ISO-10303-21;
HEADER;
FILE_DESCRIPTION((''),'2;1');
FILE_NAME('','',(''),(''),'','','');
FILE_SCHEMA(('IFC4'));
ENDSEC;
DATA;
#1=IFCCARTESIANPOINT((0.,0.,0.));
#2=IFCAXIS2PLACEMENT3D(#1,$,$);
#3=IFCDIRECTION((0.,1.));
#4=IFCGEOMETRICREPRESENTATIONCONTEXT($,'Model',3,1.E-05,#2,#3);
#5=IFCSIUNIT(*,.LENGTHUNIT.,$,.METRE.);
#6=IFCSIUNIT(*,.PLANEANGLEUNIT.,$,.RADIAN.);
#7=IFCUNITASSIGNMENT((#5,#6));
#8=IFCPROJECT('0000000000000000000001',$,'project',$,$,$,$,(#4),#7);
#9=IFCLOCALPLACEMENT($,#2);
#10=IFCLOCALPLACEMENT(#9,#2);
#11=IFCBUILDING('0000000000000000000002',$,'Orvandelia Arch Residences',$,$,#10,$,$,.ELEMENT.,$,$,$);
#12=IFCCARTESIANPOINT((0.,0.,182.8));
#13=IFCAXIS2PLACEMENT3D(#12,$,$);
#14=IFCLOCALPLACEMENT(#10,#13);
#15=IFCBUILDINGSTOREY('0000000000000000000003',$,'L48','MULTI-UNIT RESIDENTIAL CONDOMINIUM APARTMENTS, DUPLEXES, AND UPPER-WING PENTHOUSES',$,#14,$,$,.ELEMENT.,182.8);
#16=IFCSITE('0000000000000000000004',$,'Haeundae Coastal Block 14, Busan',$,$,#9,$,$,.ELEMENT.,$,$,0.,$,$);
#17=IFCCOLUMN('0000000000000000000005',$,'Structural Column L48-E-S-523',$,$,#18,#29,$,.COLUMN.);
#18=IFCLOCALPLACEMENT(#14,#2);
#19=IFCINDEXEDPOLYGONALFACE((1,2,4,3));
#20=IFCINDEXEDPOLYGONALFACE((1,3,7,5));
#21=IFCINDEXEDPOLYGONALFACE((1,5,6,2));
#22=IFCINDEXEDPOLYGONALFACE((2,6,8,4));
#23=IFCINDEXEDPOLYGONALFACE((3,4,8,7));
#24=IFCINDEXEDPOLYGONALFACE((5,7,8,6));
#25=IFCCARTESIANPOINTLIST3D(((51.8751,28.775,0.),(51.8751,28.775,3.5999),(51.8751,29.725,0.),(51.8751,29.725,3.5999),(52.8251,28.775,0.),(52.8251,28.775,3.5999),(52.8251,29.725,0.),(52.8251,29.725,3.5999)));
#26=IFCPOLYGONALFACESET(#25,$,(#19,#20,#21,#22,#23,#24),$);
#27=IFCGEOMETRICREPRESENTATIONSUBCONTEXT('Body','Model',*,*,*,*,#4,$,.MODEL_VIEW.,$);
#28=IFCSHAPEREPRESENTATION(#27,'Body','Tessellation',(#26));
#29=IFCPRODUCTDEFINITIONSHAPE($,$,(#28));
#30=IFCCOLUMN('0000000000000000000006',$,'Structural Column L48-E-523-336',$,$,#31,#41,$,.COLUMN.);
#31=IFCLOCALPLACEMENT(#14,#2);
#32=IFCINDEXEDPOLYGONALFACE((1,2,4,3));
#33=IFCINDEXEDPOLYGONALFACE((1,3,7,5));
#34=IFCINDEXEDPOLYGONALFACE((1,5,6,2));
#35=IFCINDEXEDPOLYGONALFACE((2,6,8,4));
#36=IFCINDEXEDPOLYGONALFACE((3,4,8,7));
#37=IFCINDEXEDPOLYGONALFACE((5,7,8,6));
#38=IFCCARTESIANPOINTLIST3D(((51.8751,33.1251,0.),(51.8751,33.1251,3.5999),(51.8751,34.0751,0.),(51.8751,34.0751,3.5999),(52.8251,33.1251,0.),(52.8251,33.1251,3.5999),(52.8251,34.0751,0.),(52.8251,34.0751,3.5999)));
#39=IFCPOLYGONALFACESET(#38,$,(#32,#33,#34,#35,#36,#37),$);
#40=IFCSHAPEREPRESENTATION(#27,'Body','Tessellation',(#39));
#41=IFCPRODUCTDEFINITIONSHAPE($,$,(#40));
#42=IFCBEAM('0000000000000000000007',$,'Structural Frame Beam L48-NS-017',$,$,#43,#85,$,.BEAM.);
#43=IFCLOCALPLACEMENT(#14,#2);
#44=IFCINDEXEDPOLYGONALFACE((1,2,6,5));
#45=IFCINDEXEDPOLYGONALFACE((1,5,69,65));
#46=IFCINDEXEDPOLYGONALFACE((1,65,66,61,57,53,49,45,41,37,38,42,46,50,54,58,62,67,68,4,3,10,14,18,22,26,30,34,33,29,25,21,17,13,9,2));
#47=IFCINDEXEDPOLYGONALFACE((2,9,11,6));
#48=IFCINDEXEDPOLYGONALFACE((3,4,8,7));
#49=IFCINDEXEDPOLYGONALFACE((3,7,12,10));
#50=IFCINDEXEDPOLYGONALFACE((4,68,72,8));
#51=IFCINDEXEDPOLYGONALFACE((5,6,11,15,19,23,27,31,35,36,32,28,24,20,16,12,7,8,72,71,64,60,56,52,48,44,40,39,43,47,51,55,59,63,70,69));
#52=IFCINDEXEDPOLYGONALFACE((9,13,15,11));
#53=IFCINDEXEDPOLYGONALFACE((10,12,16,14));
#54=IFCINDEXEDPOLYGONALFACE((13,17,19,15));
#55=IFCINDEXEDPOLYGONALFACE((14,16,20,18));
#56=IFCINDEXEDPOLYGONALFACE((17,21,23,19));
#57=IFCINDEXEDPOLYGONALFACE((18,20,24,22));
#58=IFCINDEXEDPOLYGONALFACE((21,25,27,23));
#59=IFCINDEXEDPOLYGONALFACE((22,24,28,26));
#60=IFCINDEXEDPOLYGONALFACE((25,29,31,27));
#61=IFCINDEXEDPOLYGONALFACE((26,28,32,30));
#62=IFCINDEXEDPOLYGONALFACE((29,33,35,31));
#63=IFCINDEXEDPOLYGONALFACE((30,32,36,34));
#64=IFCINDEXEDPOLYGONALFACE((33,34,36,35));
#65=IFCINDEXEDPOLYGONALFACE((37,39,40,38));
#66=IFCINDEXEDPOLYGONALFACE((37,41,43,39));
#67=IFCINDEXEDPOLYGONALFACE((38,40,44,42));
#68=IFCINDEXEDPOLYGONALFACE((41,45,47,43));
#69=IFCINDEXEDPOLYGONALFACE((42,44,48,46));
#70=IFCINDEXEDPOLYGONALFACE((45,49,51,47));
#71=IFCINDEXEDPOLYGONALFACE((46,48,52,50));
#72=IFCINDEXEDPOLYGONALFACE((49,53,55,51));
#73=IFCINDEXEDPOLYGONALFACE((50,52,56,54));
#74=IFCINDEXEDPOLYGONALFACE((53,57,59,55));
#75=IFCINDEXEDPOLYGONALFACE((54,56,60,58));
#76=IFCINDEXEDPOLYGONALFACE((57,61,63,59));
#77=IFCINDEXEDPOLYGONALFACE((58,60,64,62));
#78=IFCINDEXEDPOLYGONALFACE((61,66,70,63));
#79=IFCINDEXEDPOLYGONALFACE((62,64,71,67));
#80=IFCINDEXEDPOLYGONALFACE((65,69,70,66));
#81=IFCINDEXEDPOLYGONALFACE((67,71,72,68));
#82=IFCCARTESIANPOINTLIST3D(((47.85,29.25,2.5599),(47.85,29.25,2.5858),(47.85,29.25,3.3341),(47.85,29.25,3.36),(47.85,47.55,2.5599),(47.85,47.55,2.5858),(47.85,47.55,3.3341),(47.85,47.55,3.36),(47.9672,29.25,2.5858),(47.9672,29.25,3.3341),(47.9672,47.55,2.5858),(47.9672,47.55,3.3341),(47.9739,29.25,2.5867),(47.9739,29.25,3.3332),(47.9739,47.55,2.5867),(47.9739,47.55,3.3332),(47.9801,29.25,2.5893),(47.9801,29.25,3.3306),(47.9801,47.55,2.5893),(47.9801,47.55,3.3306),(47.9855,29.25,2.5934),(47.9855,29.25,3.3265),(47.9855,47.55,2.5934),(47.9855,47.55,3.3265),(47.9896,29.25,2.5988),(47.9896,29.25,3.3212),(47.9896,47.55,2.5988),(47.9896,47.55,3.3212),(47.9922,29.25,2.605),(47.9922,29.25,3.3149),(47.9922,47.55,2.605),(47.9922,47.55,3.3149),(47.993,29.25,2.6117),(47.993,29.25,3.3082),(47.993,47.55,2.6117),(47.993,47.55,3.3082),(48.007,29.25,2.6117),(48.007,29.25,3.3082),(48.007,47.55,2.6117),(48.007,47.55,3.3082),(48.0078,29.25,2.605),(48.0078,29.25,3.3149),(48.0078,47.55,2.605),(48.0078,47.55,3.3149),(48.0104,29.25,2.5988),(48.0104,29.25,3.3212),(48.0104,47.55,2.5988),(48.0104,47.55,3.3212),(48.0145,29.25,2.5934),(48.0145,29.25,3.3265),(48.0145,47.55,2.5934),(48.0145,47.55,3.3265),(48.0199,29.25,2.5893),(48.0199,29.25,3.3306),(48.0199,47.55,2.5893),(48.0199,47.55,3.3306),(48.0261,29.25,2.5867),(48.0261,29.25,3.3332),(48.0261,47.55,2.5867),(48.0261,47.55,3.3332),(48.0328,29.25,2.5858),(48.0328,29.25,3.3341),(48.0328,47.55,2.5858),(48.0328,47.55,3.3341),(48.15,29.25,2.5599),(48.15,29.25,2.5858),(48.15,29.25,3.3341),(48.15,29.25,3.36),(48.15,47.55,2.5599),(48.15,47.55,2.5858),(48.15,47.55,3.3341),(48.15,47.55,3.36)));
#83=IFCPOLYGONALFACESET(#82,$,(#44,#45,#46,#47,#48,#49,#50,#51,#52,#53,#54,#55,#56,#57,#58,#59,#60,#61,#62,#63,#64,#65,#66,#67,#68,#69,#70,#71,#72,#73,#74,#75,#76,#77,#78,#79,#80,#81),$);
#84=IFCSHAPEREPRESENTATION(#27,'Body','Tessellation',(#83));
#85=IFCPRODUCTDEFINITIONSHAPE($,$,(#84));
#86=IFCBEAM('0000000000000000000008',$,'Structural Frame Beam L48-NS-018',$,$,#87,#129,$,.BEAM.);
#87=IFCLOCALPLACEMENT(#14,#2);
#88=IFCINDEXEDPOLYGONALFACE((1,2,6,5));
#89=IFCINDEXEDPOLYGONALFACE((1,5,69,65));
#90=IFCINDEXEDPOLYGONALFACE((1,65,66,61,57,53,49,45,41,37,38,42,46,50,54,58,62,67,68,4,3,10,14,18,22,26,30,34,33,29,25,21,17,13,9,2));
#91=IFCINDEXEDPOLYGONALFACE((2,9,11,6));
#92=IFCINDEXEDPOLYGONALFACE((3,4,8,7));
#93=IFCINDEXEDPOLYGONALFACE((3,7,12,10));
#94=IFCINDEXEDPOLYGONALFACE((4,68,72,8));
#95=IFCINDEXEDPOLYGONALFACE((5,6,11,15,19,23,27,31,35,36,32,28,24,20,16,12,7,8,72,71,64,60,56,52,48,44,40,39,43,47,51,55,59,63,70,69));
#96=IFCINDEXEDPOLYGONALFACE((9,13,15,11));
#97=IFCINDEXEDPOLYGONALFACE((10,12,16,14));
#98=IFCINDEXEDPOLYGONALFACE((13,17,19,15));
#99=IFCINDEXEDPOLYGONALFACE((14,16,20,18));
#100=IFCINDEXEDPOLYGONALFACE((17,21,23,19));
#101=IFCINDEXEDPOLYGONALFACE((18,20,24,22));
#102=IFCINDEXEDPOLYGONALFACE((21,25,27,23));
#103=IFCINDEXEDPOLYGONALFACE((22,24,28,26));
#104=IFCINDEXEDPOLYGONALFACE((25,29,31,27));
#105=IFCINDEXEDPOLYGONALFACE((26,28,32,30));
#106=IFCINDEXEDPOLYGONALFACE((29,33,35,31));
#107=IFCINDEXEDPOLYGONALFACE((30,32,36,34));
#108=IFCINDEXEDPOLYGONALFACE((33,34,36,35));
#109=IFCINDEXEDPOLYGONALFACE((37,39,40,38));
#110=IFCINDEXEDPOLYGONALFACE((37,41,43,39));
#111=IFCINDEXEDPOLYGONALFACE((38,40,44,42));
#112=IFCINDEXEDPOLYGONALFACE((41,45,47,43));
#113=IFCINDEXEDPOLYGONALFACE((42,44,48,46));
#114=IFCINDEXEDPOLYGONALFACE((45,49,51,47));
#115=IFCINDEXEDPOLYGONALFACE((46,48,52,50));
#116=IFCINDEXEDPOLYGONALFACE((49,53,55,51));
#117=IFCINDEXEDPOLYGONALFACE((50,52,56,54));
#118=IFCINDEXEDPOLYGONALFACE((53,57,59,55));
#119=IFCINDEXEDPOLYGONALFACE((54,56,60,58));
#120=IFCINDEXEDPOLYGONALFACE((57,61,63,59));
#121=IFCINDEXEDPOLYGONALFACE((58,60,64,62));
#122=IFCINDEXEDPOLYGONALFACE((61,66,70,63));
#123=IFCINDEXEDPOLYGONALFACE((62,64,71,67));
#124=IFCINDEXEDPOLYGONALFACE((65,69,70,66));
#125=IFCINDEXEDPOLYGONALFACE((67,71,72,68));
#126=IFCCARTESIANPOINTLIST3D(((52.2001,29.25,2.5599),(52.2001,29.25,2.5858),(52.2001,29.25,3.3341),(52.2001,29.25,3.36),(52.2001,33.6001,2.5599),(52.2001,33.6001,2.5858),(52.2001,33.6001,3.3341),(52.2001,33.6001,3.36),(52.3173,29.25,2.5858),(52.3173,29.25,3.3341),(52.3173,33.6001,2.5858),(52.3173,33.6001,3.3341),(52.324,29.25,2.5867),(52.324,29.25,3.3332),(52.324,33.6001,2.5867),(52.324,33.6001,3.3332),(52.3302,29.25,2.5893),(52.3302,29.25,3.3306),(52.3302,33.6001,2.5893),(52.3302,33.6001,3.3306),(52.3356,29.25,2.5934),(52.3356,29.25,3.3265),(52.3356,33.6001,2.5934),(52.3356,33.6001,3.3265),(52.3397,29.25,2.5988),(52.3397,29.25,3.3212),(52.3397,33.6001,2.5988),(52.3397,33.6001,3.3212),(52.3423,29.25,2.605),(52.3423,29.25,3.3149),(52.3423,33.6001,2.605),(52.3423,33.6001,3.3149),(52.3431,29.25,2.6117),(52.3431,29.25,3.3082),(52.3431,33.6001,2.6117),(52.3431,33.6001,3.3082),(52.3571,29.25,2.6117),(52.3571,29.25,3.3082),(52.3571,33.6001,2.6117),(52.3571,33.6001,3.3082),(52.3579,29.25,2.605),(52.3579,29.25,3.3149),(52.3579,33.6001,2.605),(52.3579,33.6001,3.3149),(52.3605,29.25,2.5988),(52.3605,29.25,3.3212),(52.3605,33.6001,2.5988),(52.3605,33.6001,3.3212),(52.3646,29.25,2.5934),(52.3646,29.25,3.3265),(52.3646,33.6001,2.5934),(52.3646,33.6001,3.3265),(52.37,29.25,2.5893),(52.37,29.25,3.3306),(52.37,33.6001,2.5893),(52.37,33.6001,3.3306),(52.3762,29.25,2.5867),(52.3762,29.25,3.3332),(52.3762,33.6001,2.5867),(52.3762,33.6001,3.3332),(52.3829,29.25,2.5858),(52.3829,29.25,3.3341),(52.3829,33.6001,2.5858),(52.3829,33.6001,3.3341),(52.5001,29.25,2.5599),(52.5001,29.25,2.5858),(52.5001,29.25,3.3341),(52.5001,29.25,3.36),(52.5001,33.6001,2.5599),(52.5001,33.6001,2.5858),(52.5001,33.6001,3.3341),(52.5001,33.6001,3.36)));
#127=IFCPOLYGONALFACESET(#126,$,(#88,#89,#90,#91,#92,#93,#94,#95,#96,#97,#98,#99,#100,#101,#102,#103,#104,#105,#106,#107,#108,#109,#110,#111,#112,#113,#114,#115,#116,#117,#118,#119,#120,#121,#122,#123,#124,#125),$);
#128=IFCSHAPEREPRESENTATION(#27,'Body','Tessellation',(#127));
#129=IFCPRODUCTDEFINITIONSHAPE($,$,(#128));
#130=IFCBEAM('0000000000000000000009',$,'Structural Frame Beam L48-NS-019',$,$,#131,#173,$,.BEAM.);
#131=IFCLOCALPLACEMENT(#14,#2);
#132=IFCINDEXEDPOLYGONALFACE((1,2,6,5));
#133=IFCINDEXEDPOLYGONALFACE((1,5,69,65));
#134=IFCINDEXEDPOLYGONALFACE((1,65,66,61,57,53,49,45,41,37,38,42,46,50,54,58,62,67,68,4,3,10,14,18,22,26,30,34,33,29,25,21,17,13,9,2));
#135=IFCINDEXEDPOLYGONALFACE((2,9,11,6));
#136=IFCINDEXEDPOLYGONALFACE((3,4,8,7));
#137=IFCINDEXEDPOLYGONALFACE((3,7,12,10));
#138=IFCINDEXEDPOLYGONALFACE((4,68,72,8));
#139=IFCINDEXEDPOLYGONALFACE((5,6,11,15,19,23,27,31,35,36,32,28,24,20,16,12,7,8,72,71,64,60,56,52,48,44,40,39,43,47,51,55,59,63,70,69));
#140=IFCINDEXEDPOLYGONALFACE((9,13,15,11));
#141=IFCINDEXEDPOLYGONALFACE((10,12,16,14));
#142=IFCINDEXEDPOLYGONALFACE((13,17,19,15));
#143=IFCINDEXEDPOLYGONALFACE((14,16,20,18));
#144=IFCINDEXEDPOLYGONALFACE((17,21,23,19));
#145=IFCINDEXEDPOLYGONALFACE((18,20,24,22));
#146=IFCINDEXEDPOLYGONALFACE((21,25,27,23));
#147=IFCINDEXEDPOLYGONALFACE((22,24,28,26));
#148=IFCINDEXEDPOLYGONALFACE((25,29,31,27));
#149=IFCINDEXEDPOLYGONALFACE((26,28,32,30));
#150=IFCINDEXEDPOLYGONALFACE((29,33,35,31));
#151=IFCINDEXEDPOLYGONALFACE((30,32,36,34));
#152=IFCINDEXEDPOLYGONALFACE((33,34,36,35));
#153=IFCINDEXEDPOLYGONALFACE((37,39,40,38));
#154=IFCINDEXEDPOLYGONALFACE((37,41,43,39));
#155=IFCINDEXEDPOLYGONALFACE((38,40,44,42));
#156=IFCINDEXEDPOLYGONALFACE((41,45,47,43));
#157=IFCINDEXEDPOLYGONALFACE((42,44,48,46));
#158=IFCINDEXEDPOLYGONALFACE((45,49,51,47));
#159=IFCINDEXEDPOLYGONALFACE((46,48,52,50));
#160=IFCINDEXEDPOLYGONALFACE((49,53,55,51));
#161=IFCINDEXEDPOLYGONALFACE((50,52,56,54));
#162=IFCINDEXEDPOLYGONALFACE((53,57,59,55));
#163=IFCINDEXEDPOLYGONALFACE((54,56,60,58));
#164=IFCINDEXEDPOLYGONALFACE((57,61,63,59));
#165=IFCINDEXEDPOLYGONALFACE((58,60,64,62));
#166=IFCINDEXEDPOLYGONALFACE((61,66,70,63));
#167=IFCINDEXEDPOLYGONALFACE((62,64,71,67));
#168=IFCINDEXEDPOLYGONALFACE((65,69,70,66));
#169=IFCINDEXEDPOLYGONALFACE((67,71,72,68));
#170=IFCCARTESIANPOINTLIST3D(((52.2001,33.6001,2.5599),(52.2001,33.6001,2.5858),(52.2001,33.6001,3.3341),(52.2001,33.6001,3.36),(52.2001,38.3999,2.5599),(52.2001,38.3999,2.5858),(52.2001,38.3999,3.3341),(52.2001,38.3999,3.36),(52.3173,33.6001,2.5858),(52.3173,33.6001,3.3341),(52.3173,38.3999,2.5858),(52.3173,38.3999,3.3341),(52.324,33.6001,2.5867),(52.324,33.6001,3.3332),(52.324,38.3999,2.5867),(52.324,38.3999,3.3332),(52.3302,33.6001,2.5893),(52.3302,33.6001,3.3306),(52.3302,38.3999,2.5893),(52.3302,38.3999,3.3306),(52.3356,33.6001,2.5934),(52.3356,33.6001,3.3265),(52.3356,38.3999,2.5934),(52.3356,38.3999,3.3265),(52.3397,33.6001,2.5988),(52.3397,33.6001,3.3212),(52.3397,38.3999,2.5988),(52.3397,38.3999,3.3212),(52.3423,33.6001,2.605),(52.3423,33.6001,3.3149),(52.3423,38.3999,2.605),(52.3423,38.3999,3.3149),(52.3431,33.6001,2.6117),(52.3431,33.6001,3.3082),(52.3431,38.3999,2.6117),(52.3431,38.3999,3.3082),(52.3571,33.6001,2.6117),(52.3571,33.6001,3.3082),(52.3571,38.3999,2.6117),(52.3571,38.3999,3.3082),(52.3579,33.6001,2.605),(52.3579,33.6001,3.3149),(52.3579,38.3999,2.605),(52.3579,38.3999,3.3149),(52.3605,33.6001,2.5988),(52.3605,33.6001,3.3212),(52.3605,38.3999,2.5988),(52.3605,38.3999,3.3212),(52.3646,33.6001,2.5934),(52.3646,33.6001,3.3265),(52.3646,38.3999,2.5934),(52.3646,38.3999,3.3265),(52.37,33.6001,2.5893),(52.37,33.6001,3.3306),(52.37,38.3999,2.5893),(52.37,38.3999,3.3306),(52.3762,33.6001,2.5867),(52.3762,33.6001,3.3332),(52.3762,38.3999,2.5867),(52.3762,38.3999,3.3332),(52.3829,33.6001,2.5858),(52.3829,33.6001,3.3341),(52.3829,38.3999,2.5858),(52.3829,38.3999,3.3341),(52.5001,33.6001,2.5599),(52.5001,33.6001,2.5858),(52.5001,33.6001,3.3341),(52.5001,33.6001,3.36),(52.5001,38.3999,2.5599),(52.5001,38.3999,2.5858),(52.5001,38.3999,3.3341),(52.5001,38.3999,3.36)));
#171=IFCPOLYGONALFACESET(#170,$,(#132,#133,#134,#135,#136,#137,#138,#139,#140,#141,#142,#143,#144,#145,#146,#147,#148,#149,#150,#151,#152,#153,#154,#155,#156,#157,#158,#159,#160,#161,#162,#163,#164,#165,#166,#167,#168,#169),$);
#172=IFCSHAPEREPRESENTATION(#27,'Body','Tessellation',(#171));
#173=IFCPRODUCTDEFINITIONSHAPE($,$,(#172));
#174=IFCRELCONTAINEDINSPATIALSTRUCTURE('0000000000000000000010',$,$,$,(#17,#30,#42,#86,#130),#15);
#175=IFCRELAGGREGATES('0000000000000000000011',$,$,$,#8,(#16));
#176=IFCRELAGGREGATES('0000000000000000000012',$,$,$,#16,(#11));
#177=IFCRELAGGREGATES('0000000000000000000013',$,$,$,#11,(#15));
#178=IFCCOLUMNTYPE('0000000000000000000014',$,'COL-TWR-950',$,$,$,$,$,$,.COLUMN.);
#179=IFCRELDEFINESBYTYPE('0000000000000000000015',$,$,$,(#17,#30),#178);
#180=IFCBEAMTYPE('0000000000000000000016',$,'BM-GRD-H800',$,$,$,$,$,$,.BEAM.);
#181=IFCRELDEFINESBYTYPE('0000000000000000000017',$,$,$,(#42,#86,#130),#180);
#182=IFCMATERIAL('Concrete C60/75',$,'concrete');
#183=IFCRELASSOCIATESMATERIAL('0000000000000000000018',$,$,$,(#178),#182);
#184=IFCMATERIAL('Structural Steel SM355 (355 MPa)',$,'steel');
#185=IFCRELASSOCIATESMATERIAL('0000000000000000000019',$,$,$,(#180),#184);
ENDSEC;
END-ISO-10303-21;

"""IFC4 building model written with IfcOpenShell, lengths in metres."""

from ifc_helpers import new_model, si_unit, direction, frame, origin, origin_2d, place, context, subcontext, project, spatial, rectangle, i_section, extrude, material, material_profile, profile_set, type_object, element, save


model = new_model("IFC4")

# Units and contexts
model_context = context("Model", 3, precision=1e-05, world=origin(), true_north=direction((0.0, 1.0)))
body_context = subcontext(model_context, "Body", "Model", "MODEL_VIEW")
ifc_project = project(units=[si_unit("LENGTHUNIT", "METRE"), si_unit("PLANEANGLEUNIT", "RADIAN")], contexts=[model_context])

# Site, building, storey
site_placement = place(None, origin())
site = spatial("IfcSite", under=ifc_project, at=site_placement, Name="Haeundae Coastal Block 14, Busan", CompositionType="ELEMENT", RefElevation=0.0)
building_placement = place(site_placement, origin())
building = spatial("IfcBuilding", under=site, at=building_placement, Name="Orvandelia Arch Residences", CompositionType="ELEMENT")
storey_placement = place(building_placement, frame((0.0, 0.0, 182.8)))
storey = spatial("IfcBuildingStorey", under=building, at=storey_placement, Name="L48", Description="MULTI-UNIT RESIDENTIAL CONDOMINIUM APARTMENTS, DUPLEXES, AND UPPER-WING PENTHOUSES", CompositionType="ELEMENT", Elevation=182.8)

# Columns
ifc_material_1 = material(Name="Concrete C60/75", Category="concrete")
ifc_material_profile_1 = material_profile(ifc_material_1, rectangle(XDim=0.95, YDim=0.95, at=origin_2d()), Name="Concrete C60/75", Category="concrete")
ifc_profile_set_1 = profile_set([ifc_material_profile_1], Name="Concrete C60/75")
column_type = type_object("IfcColumnType", Name="COL-TWR-950", PredefinedType="COLUMN", material=ifc_profile_set_1)
for number, where, z_axis, x_axis, name in (
    (1, (52.3501, 29.25, 0.0), (0.0, 0.0, 1.0), (1.0, 0.0, 0.0), "Structural Column L48-E-S-523"),
    (2, (52.3501, 33.6001, 0.0), (0.0, 0.0, 1.0), (1.0, 0.0, 0.0), "Structural Column L48-E-523-336"),
):
    element("IfcColumn", number, at=place(storey_placement, frame(where, z_axis=z_axis, x_axis=x_axis)), inside=storey, type_object=column_type, Name=name, PredefinedType="COLUMN", context=body_context, shape_type="SweptSolid", body=[
        extrude(rectangle(XDim=0.95, YDim=0.95, at=origin_2d()), origin(), (0.0, 0.0, 1.0), 3.5999),
    ])

# Beams
ifc_material_2 = material(Name="Structural Steel SM355 (355 MPa)", Category="steel")
ifc_material_profile_2 = material_profile(ifc_material_2, i_section(OverallWidth=0.3, OverallDepth=0.8, WebThickness=0.0139, FlangeThickness=0.0259, FilletRadius=0.0259, at=origin_2d()), Name="Structural Steel SM355 (355 MPa)", Category="steel")
ifc_profile_set_2 = profile_set([ifc_material_profile_2], Name="Structural Steel SM355 (355 MPa)")
beam_type = type_object("IfcBeamType", Name="BM-GRD-H800", PredefinedType="BEAM", material=ifc_profile_set_2)
beam_1_placement = place(storey_placement, frame((48.0, 29.25, 2.96), z_axis=(0.0, 1.0, 0.0), x_axis=(-1.0, 0.0, 0.0)))
element("IfcBeam", 3, at=beam_1_placement, inside=storey, type_object=beam_type, Name="Structural Frame Beam L48-NS-017", PredefinedType="BEAM", context=body_context, shape_type="SweptSolid", body=[
    extrude(i_section(OverallWidth=0.3, OverallDepth=0.8, WebThickness=0.0139, FlangeThickness=0.0259, FilletRadius=0.0259, at=origin_2d()), origin(), (0.0, 0.0, 1.0), 18.3),
])
beam_2_placement = place(storey_placement, frame((52.3501, 29.25, 2.96), z_axis=(0.0, 1.0, 0.0), x_axis=(-1.0, 0.0, 0.0)))
element("IfcBeam", 4, at=beam_2_placement, inside=storey, type_object=beam_type, Name="Structural Frame Beam L48-NS-018", PredefinedType="BEAM", context=body_context, shape_type="SweptSolid", body=[
    extrude(i_section(OverallWidth=0.3, OverallDepth=0.8, WebThickness=0.0139, FlangeThickness=0.0259, FilletRadius=0.0259, at=origin_2d()), origin(), (0.0, 0.0, 1.0), 4.3501),
])
beam_3_placement = place(storey_placement, frame((52.3501, 33.6001, 2.96), z_axis=(0.0, 1.0, 0.0), x_axis=(-1.0, 0.0, 0.0)))
element("IfcBeam", 5, at=beam_3_placement, inside=storey, type_object=beam_type, Name="Structural Frame Beam L48-NS-019", PredefinedType="BEAM", context=body_context, shape_type="SweptSolid", body=[
    extrude(i_section(OverallWidth=0.3, OverallDepth=0.8, WebThickness=0.0139, FlangeThickness=0.0259, FilletRadius=0.0259, at=origin_2d()), origin(), (0.0, 0.0, 1.0), 4.7998),
])

save(model, "model.ifc")
